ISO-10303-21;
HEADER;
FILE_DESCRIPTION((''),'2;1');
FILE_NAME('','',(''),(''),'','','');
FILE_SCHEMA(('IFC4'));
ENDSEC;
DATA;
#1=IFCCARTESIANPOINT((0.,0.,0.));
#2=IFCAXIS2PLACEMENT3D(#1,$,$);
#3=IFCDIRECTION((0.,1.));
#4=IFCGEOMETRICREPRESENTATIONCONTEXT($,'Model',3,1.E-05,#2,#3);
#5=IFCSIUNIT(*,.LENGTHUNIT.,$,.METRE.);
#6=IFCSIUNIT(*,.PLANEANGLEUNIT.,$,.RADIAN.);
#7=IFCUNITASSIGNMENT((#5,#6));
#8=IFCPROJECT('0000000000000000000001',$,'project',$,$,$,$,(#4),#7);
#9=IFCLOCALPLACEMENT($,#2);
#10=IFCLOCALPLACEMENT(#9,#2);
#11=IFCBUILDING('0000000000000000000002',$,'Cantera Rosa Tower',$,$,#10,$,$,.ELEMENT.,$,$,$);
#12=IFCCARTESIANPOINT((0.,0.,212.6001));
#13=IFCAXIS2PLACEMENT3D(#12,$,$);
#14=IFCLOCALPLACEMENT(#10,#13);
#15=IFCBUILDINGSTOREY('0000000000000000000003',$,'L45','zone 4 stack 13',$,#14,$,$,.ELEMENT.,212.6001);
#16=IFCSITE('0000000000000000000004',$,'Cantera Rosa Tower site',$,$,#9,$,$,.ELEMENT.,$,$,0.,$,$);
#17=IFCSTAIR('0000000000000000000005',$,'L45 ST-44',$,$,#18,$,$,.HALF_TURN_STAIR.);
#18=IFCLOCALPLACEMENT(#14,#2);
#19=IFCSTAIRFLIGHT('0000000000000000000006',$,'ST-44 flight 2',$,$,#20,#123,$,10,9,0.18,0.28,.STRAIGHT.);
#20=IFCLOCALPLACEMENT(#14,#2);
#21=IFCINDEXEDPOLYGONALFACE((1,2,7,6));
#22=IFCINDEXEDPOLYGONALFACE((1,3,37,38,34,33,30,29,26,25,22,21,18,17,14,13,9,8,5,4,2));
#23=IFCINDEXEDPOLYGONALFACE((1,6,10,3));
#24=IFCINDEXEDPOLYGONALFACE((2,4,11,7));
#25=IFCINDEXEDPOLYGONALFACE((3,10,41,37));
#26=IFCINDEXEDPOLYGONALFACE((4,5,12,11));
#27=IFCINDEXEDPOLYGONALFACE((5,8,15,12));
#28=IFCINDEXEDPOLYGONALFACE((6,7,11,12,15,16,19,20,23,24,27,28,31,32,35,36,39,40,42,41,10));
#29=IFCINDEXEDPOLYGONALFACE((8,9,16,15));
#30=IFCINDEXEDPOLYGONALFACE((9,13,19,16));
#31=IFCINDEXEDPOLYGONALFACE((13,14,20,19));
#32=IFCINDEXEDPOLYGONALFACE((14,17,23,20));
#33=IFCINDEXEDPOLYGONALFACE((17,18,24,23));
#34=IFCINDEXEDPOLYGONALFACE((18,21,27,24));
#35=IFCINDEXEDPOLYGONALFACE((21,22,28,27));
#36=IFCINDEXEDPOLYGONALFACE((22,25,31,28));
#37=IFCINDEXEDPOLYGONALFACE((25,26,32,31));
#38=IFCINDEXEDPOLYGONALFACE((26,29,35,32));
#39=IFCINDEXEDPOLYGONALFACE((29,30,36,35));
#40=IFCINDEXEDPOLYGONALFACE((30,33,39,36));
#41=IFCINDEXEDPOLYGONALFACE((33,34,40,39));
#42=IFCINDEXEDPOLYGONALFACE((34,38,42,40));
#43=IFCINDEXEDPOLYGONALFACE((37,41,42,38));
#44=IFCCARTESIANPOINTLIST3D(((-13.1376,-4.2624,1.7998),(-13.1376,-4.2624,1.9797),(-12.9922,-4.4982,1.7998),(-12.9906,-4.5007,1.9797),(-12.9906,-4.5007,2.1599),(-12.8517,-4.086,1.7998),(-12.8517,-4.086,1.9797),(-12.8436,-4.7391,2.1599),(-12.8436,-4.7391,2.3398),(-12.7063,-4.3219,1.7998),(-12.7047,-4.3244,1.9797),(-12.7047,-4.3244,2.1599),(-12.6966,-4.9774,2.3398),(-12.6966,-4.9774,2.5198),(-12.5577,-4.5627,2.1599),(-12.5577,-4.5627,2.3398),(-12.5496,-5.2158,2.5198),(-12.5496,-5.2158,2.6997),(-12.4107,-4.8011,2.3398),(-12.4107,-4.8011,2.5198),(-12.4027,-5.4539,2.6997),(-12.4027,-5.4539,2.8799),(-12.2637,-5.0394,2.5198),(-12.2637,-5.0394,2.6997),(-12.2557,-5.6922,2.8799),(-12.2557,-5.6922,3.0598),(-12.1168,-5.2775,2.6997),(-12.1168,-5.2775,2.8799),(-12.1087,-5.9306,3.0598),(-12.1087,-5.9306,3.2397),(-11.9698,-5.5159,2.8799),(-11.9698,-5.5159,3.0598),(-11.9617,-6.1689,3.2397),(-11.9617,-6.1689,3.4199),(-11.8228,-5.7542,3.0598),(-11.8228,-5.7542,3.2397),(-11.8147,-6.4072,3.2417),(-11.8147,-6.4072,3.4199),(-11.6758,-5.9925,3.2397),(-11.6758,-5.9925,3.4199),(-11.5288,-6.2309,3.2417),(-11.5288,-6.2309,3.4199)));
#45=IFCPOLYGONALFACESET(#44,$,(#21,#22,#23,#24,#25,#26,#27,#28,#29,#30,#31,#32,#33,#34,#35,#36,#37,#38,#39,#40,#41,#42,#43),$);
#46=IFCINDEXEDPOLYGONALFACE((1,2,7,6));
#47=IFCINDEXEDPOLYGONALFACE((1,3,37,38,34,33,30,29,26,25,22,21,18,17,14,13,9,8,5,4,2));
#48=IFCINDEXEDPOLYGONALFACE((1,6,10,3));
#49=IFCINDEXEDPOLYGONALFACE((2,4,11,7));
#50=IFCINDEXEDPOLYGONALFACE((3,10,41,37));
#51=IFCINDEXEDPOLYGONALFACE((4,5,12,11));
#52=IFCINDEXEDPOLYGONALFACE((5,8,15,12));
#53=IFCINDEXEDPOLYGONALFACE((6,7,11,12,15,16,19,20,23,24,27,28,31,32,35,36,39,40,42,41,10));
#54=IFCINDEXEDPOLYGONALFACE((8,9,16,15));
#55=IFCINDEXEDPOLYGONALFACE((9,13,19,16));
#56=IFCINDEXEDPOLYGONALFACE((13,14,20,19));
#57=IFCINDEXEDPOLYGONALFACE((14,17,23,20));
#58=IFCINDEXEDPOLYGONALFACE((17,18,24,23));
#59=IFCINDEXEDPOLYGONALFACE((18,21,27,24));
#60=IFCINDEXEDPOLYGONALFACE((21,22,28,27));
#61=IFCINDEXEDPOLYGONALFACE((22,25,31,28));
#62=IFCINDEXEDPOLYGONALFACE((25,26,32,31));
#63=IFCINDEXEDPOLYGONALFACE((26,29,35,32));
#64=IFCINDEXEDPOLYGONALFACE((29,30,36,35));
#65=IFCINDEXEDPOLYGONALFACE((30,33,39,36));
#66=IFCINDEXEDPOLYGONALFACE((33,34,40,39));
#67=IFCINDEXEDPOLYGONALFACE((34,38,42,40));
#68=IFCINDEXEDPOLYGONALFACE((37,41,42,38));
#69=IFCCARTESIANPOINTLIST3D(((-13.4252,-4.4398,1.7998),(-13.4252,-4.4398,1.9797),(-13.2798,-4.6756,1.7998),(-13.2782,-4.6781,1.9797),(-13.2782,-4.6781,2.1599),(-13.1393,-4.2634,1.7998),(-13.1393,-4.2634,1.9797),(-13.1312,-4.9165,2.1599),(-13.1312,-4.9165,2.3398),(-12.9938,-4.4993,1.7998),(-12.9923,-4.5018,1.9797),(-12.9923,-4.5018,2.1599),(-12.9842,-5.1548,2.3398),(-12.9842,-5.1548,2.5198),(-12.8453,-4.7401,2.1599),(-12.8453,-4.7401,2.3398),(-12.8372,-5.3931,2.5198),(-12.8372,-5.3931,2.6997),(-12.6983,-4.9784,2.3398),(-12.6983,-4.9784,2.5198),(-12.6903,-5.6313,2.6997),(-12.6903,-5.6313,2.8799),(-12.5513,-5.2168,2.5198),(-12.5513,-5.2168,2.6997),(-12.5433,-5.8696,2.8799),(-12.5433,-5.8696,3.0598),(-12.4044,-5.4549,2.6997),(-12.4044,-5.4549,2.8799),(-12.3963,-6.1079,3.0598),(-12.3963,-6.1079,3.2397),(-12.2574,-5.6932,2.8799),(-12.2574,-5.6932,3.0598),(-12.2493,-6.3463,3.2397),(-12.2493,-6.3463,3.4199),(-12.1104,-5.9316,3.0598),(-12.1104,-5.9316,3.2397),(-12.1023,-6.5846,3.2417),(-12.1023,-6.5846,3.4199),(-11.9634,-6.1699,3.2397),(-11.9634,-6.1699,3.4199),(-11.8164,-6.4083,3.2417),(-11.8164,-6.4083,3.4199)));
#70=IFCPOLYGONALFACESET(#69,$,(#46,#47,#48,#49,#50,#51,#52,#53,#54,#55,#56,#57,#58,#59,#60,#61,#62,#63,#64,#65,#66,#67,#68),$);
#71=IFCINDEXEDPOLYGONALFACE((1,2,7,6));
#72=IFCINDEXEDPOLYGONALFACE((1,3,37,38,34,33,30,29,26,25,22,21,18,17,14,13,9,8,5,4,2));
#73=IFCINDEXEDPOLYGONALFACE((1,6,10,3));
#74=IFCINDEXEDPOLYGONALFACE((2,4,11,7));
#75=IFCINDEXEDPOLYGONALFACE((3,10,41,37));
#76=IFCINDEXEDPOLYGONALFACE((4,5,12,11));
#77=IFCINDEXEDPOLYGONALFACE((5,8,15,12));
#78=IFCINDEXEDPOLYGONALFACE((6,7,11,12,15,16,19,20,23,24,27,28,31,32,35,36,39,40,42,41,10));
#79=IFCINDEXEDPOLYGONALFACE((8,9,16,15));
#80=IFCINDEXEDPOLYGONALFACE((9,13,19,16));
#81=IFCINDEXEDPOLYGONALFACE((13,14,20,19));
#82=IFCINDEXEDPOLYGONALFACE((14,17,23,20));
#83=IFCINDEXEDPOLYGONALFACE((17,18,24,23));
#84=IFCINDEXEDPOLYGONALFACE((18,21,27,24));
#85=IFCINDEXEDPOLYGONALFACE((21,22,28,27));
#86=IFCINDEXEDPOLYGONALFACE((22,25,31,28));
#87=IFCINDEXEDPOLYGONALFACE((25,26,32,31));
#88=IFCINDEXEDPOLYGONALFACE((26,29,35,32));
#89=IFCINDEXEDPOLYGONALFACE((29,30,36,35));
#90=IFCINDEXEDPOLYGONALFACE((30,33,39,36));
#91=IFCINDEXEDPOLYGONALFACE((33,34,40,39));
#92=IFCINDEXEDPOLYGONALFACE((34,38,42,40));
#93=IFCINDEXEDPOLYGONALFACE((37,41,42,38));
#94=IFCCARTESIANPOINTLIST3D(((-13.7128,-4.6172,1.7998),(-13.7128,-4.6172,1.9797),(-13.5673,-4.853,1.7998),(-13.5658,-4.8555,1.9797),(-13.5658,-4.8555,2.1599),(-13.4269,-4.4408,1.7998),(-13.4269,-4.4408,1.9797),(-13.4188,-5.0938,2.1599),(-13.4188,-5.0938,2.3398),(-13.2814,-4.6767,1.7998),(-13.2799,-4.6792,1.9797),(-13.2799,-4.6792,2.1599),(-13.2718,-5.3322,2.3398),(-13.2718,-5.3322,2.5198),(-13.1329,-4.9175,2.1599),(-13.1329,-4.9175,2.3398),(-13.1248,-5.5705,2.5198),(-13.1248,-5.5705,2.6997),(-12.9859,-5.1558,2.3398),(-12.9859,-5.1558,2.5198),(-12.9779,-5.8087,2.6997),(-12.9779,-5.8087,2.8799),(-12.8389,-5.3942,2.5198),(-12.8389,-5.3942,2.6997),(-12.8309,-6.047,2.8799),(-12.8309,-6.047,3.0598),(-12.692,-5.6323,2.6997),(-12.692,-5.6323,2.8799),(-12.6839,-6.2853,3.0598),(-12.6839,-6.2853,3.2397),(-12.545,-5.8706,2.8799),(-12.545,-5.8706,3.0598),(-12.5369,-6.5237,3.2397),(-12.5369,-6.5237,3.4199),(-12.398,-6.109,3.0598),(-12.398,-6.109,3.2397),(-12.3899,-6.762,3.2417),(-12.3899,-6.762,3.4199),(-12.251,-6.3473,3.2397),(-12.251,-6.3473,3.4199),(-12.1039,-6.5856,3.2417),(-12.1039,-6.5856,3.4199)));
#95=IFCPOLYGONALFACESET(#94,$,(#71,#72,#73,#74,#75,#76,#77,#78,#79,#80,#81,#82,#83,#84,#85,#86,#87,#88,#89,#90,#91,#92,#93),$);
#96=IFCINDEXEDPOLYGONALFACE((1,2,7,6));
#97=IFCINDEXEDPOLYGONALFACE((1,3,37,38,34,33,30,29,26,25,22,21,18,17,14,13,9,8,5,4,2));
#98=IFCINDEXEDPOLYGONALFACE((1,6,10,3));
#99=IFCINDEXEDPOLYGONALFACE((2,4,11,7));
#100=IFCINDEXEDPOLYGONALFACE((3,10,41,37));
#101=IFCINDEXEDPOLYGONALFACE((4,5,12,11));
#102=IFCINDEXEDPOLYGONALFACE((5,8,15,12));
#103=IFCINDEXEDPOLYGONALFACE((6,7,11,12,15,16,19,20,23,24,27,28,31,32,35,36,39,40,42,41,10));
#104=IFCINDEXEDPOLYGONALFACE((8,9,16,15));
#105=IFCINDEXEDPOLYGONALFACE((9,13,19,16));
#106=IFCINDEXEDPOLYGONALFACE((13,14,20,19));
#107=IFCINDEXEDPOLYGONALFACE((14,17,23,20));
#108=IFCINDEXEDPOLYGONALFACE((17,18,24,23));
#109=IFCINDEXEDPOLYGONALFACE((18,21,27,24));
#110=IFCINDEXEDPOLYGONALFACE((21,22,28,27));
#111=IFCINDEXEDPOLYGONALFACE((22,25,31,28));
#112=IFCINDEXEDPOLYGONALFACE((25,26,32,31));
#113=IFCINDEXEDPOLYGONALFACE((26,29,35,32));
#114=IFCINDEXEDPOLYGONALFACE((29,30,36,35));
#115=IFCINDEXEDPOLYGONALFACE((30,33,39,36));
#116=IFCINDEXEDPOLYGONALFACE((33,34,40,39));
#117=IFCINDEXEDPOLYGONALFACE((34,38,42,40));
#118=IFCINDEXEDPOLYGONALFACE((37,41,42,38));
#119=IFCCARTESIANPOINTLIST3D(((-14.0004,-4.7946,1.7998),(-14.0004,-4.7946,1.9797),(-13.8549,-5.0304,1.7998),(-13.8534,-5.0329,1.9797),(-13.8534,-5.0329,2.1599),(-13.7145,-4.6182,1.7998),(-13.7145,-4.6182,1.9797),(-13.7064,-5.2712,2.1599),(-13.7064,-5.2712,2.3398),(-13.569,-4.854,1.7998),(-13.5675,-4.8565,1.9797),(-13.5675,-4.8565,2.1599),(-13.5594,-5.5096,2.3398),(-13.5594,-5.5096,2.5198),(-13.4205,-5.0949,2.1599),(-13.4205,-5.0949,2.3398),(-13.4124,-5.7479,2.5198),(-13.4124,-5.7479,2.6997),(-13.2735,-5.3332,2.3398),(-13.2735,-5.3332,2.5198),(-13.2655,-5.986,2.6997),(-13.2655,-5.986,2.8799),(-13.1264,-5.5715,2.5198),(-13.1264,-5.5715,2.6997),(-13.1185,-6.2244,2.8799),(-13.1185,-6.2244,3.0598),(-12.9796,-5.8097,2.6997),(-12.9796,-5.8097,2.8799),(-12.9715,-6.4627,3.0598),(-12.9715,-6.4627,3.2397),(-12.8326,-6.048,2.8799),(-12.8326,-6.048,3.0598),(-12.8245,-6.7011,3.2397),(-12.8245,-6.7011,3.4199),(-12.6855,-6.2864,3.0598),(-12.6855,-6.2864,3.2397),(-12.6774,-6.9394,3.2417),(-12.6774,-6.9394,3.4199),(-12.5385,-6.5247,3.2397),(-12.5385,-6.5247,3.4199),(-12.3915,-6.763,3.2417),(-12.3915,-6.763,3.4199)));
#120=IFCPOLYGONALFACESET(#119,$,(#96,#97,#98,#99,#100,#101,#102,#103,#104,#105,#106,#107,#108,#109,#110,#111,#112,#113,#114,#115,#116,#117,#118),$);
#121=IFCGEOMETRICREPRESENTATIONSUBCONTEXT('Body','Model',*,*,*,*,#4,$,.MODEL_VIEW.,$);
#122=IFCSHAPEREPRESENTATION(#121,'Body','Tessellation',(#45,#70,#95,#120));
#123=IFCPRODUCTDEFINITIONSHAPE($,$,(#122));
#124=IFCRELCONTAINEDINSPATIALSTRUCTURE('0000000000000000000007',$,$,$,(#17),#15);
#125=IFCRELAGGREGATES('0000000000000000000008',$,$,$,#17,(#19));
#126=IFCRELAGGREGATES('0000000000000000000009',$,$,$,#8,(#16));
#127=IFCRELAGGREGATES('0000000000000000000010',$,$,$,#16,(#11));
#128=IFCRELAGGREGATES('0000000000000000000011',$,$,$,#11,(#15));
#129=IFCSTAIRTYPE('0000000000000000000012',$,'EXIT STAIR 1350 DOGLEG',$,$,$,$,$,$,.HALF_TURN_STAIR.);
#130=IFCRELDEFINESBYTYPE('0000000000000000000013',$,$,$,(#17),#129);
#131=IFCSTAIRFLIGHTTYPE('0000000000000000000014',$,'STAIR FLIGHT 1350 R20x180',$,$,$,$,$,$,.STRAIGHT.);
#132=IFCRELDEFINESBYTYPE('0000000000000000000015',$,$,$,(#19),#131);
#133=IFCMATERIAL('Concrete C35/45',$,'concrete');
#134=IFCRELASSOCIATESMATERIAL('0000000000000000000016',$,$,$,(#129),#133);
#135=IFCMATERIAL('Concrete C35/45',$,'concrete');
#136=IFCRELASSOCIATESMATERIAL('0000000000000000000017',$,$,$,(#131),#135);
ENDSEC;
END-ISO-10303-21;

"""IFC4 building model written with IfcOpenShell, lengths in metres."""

from ifc_helpers import new_model, si_unit, direction, frame, origin, place, context, subcontext, project, spatial, polyline, outline, extrude, material, type_object, element, aggregate, save


model = new_model("IFC4")

# Units and contexts
model_context = context("Model", 3, precision=1e-05, world=origin(), true_north=direction((0.0, 1.0)))
body_context = subcontext(model_context, "Body", "Model", "MODEL_VIEW")
ifc_project = project(units=[si_unit("LENGTHUNIT", "METRE"), si_unit("PLANEANGLEUNIT", "RADIAN")], contexts=[model_context])

# Site, building, storey
site_placement = place(None, origin())
site = spatial("IfcSite", under=ifc_project, at=site_placement, Name="Cantera Rosa Tower site", CompositionType="ELEMENT", RefElevation=0.0)
building_placement = place(site_placement, origin())
building = spatial("IfcBuilding", under=site, at=building_placement, Name="Cantera Rosa Tower", CompositionType="ELEMENT")
storey_placement = place(building_placement, frame((0.0, 0.0, 212.6001)))
storey = spatial("IfcBuildingStorey", under=building, at=storey_placement, Name="L45", Description="zone 4 stack 13", CompositionType="ELEMENT", Elevation=212.6001)

# Shared definitions
ifc_material_1 = material(Name="Concrete C35/45", Category="concrete")
stair_type = type_object("IfcStairType", Name="EXIT STAIR 1350 DOGLEG", PredefinedType="HALF_TURN_STAIR", material=ifc_material_1)
ifc_material_2 = material(Name="Concrete C35/45", Category="concrete")
stair_flight_type = type_object("IfcStairFlightType", Name="STAIR FLIGHT 1350 R20x180", PredefinedType="STRAIGHT", material=ifc_material_2)

# Stair, stair flight
stair_1_placement = place(storey_placement, origin())
stair_1 = element("IfcStair", 1, at=stair_1_placement, inside=storey, type_object=stair_type, Name="L45 ST-44", PredefinedType="HALF_TURN_STAIR")
stair_flight_1_placement = place(storey_placement, frame((-13.4263, -4.4404, 1.7998), z_axis=(0.0, 0.0, 1.0), x_axis=(0.524977, -0.851117, 0.0)))
stair_flight_1 = element("IfcStairFlight", 2, at=stair_flight_1_placement, type_object=stair_flight_type, Name="ST-44 flight 2", NumberOfRisers=10, NumberOfTreads=9, PredefinedType="STRAIGHT", RiserHeight=0.18, TreadLength=0.28, context=body_context, shape_type="SweptSolid", body=[
    extrude(outline(polyline([(0.0, 0.0), (0.0, 0.1799), (0.28, 0.1799), (0.28, 0.3601), (0.5601, 0.3601), (0.5601, 0.54), (0.8401, 0.54), (0.8401, 0.72), (1.1201, 0.72), (1.1201, 0.8999), (1.3999, 0.8999), (1.3999, 1.0801), (1.6799, 1.0801), (1.6799, 1.26), (1.96, 1.26), (1.96, 1.4399), (2.24, 1.4399), (2.24, 1.6201), (2.52, 1.6201), (2.52, 1.8), (2.52, 1.4419), (0.2771, 0.0), (0.0, 0.0)])), frame((0.0, 0.675, 0.0), z_axis=(0.0, -1.0, 0.0), x_axis=(1.0, 0.0, 0.0)), (0.0, 0.0, 1.0), 0.3359),
    extrude(outline(polyline([(0.0, 0.0), (0.0, 0.1799), (0.28, 0.1799), (0.28, 0.3601), (0.5601, 0.3601), (0.5601, 0.54), (0.8401, 0.54), (0.8401, 0.72), (1.1201, 0.72), (1.1201, 0.8999), (1.3999, 0.8999), (1.3999, 1.0801), (1.6799, 1.0801), (1.6799, 1.26), (1.96, 1.26), (1.96, 1.4399), (2.24, 1.4399), (2.24, 1.6201), (2.52, 1.6201), (2.52, 1.8), (2.52, 1.4419), (0.2771, 0.0), (0.0, 0.0)])), frame((0.0, 0.3372, 0.0), z_axis=(0.0, -1.0, 0.0), x_axis=(1.0, 0.0, 0.0)), (0.0, 0.0, 1.0), 0.3359),
    extrude(outline(polyline([(0.0, 0.0), (0.0, 0.1799), (0.28, 0.1799), (0.28, 0.3601), (0.5601, 0.3601), (0.5601, 0.54), (0.8401, 0.54), (0.8401, 0.72), (1.1201, 0.72), (1.1201, 0.8999), (1.3999, 0.8999), (1.3999, 1.0801), (1.6799, 1.0801), (1.6799, 1.26), (1.96, 1.26), (1.96, 1.4399), (2.24, 1.4399), (2.24, 1.6201), (2.52, 1.6201), (2.52, 1.8), (2.52, 1.4419), (0.2771, 0.0), (0.0, 0.0)])), frame((0.0, -0.0007, 0.0), z_axis=(0.0, -1.0, 0.0), x_axis=(1.0, 0.0, 0.0)), (0.0, 0.0, 1.0), 0.3359),
    extrude(outline(polyline([(0.0, 0.0), (0.0, 0.1799), (0.28, 0.1799), (0.28, 0.3601), (0.5601, 0.3601), (0.5601, 0.54), (0.8401, 0.54), (0.8401, 0.72), (1.1201, 0.72), (1.1201, 0.8999), (1.3999, 0.8999), (1.3999, 1.0801), (1.6799, 1.0801), (1.6799, 1.26), (1.96, 1.26), (1.96, 1.4399), (2.24, 1.4399), (2.24, 1.6201), (2.52, 1.6201), (2.52, 1.8), (2.52, 1.4419), (0.2771, 0.0), (0.0, 0.0)])), frame((0.0, -0.3386, 0.0), z_axis=(0.0, -1.0, 0.0), x_axis=(1.0, 0.0, 0.0)), (0.0, 0.0, 1.0), 0.3359),
])
aggregate(stair_1, [stair_flight_1])

save(model, "model.ifc")
